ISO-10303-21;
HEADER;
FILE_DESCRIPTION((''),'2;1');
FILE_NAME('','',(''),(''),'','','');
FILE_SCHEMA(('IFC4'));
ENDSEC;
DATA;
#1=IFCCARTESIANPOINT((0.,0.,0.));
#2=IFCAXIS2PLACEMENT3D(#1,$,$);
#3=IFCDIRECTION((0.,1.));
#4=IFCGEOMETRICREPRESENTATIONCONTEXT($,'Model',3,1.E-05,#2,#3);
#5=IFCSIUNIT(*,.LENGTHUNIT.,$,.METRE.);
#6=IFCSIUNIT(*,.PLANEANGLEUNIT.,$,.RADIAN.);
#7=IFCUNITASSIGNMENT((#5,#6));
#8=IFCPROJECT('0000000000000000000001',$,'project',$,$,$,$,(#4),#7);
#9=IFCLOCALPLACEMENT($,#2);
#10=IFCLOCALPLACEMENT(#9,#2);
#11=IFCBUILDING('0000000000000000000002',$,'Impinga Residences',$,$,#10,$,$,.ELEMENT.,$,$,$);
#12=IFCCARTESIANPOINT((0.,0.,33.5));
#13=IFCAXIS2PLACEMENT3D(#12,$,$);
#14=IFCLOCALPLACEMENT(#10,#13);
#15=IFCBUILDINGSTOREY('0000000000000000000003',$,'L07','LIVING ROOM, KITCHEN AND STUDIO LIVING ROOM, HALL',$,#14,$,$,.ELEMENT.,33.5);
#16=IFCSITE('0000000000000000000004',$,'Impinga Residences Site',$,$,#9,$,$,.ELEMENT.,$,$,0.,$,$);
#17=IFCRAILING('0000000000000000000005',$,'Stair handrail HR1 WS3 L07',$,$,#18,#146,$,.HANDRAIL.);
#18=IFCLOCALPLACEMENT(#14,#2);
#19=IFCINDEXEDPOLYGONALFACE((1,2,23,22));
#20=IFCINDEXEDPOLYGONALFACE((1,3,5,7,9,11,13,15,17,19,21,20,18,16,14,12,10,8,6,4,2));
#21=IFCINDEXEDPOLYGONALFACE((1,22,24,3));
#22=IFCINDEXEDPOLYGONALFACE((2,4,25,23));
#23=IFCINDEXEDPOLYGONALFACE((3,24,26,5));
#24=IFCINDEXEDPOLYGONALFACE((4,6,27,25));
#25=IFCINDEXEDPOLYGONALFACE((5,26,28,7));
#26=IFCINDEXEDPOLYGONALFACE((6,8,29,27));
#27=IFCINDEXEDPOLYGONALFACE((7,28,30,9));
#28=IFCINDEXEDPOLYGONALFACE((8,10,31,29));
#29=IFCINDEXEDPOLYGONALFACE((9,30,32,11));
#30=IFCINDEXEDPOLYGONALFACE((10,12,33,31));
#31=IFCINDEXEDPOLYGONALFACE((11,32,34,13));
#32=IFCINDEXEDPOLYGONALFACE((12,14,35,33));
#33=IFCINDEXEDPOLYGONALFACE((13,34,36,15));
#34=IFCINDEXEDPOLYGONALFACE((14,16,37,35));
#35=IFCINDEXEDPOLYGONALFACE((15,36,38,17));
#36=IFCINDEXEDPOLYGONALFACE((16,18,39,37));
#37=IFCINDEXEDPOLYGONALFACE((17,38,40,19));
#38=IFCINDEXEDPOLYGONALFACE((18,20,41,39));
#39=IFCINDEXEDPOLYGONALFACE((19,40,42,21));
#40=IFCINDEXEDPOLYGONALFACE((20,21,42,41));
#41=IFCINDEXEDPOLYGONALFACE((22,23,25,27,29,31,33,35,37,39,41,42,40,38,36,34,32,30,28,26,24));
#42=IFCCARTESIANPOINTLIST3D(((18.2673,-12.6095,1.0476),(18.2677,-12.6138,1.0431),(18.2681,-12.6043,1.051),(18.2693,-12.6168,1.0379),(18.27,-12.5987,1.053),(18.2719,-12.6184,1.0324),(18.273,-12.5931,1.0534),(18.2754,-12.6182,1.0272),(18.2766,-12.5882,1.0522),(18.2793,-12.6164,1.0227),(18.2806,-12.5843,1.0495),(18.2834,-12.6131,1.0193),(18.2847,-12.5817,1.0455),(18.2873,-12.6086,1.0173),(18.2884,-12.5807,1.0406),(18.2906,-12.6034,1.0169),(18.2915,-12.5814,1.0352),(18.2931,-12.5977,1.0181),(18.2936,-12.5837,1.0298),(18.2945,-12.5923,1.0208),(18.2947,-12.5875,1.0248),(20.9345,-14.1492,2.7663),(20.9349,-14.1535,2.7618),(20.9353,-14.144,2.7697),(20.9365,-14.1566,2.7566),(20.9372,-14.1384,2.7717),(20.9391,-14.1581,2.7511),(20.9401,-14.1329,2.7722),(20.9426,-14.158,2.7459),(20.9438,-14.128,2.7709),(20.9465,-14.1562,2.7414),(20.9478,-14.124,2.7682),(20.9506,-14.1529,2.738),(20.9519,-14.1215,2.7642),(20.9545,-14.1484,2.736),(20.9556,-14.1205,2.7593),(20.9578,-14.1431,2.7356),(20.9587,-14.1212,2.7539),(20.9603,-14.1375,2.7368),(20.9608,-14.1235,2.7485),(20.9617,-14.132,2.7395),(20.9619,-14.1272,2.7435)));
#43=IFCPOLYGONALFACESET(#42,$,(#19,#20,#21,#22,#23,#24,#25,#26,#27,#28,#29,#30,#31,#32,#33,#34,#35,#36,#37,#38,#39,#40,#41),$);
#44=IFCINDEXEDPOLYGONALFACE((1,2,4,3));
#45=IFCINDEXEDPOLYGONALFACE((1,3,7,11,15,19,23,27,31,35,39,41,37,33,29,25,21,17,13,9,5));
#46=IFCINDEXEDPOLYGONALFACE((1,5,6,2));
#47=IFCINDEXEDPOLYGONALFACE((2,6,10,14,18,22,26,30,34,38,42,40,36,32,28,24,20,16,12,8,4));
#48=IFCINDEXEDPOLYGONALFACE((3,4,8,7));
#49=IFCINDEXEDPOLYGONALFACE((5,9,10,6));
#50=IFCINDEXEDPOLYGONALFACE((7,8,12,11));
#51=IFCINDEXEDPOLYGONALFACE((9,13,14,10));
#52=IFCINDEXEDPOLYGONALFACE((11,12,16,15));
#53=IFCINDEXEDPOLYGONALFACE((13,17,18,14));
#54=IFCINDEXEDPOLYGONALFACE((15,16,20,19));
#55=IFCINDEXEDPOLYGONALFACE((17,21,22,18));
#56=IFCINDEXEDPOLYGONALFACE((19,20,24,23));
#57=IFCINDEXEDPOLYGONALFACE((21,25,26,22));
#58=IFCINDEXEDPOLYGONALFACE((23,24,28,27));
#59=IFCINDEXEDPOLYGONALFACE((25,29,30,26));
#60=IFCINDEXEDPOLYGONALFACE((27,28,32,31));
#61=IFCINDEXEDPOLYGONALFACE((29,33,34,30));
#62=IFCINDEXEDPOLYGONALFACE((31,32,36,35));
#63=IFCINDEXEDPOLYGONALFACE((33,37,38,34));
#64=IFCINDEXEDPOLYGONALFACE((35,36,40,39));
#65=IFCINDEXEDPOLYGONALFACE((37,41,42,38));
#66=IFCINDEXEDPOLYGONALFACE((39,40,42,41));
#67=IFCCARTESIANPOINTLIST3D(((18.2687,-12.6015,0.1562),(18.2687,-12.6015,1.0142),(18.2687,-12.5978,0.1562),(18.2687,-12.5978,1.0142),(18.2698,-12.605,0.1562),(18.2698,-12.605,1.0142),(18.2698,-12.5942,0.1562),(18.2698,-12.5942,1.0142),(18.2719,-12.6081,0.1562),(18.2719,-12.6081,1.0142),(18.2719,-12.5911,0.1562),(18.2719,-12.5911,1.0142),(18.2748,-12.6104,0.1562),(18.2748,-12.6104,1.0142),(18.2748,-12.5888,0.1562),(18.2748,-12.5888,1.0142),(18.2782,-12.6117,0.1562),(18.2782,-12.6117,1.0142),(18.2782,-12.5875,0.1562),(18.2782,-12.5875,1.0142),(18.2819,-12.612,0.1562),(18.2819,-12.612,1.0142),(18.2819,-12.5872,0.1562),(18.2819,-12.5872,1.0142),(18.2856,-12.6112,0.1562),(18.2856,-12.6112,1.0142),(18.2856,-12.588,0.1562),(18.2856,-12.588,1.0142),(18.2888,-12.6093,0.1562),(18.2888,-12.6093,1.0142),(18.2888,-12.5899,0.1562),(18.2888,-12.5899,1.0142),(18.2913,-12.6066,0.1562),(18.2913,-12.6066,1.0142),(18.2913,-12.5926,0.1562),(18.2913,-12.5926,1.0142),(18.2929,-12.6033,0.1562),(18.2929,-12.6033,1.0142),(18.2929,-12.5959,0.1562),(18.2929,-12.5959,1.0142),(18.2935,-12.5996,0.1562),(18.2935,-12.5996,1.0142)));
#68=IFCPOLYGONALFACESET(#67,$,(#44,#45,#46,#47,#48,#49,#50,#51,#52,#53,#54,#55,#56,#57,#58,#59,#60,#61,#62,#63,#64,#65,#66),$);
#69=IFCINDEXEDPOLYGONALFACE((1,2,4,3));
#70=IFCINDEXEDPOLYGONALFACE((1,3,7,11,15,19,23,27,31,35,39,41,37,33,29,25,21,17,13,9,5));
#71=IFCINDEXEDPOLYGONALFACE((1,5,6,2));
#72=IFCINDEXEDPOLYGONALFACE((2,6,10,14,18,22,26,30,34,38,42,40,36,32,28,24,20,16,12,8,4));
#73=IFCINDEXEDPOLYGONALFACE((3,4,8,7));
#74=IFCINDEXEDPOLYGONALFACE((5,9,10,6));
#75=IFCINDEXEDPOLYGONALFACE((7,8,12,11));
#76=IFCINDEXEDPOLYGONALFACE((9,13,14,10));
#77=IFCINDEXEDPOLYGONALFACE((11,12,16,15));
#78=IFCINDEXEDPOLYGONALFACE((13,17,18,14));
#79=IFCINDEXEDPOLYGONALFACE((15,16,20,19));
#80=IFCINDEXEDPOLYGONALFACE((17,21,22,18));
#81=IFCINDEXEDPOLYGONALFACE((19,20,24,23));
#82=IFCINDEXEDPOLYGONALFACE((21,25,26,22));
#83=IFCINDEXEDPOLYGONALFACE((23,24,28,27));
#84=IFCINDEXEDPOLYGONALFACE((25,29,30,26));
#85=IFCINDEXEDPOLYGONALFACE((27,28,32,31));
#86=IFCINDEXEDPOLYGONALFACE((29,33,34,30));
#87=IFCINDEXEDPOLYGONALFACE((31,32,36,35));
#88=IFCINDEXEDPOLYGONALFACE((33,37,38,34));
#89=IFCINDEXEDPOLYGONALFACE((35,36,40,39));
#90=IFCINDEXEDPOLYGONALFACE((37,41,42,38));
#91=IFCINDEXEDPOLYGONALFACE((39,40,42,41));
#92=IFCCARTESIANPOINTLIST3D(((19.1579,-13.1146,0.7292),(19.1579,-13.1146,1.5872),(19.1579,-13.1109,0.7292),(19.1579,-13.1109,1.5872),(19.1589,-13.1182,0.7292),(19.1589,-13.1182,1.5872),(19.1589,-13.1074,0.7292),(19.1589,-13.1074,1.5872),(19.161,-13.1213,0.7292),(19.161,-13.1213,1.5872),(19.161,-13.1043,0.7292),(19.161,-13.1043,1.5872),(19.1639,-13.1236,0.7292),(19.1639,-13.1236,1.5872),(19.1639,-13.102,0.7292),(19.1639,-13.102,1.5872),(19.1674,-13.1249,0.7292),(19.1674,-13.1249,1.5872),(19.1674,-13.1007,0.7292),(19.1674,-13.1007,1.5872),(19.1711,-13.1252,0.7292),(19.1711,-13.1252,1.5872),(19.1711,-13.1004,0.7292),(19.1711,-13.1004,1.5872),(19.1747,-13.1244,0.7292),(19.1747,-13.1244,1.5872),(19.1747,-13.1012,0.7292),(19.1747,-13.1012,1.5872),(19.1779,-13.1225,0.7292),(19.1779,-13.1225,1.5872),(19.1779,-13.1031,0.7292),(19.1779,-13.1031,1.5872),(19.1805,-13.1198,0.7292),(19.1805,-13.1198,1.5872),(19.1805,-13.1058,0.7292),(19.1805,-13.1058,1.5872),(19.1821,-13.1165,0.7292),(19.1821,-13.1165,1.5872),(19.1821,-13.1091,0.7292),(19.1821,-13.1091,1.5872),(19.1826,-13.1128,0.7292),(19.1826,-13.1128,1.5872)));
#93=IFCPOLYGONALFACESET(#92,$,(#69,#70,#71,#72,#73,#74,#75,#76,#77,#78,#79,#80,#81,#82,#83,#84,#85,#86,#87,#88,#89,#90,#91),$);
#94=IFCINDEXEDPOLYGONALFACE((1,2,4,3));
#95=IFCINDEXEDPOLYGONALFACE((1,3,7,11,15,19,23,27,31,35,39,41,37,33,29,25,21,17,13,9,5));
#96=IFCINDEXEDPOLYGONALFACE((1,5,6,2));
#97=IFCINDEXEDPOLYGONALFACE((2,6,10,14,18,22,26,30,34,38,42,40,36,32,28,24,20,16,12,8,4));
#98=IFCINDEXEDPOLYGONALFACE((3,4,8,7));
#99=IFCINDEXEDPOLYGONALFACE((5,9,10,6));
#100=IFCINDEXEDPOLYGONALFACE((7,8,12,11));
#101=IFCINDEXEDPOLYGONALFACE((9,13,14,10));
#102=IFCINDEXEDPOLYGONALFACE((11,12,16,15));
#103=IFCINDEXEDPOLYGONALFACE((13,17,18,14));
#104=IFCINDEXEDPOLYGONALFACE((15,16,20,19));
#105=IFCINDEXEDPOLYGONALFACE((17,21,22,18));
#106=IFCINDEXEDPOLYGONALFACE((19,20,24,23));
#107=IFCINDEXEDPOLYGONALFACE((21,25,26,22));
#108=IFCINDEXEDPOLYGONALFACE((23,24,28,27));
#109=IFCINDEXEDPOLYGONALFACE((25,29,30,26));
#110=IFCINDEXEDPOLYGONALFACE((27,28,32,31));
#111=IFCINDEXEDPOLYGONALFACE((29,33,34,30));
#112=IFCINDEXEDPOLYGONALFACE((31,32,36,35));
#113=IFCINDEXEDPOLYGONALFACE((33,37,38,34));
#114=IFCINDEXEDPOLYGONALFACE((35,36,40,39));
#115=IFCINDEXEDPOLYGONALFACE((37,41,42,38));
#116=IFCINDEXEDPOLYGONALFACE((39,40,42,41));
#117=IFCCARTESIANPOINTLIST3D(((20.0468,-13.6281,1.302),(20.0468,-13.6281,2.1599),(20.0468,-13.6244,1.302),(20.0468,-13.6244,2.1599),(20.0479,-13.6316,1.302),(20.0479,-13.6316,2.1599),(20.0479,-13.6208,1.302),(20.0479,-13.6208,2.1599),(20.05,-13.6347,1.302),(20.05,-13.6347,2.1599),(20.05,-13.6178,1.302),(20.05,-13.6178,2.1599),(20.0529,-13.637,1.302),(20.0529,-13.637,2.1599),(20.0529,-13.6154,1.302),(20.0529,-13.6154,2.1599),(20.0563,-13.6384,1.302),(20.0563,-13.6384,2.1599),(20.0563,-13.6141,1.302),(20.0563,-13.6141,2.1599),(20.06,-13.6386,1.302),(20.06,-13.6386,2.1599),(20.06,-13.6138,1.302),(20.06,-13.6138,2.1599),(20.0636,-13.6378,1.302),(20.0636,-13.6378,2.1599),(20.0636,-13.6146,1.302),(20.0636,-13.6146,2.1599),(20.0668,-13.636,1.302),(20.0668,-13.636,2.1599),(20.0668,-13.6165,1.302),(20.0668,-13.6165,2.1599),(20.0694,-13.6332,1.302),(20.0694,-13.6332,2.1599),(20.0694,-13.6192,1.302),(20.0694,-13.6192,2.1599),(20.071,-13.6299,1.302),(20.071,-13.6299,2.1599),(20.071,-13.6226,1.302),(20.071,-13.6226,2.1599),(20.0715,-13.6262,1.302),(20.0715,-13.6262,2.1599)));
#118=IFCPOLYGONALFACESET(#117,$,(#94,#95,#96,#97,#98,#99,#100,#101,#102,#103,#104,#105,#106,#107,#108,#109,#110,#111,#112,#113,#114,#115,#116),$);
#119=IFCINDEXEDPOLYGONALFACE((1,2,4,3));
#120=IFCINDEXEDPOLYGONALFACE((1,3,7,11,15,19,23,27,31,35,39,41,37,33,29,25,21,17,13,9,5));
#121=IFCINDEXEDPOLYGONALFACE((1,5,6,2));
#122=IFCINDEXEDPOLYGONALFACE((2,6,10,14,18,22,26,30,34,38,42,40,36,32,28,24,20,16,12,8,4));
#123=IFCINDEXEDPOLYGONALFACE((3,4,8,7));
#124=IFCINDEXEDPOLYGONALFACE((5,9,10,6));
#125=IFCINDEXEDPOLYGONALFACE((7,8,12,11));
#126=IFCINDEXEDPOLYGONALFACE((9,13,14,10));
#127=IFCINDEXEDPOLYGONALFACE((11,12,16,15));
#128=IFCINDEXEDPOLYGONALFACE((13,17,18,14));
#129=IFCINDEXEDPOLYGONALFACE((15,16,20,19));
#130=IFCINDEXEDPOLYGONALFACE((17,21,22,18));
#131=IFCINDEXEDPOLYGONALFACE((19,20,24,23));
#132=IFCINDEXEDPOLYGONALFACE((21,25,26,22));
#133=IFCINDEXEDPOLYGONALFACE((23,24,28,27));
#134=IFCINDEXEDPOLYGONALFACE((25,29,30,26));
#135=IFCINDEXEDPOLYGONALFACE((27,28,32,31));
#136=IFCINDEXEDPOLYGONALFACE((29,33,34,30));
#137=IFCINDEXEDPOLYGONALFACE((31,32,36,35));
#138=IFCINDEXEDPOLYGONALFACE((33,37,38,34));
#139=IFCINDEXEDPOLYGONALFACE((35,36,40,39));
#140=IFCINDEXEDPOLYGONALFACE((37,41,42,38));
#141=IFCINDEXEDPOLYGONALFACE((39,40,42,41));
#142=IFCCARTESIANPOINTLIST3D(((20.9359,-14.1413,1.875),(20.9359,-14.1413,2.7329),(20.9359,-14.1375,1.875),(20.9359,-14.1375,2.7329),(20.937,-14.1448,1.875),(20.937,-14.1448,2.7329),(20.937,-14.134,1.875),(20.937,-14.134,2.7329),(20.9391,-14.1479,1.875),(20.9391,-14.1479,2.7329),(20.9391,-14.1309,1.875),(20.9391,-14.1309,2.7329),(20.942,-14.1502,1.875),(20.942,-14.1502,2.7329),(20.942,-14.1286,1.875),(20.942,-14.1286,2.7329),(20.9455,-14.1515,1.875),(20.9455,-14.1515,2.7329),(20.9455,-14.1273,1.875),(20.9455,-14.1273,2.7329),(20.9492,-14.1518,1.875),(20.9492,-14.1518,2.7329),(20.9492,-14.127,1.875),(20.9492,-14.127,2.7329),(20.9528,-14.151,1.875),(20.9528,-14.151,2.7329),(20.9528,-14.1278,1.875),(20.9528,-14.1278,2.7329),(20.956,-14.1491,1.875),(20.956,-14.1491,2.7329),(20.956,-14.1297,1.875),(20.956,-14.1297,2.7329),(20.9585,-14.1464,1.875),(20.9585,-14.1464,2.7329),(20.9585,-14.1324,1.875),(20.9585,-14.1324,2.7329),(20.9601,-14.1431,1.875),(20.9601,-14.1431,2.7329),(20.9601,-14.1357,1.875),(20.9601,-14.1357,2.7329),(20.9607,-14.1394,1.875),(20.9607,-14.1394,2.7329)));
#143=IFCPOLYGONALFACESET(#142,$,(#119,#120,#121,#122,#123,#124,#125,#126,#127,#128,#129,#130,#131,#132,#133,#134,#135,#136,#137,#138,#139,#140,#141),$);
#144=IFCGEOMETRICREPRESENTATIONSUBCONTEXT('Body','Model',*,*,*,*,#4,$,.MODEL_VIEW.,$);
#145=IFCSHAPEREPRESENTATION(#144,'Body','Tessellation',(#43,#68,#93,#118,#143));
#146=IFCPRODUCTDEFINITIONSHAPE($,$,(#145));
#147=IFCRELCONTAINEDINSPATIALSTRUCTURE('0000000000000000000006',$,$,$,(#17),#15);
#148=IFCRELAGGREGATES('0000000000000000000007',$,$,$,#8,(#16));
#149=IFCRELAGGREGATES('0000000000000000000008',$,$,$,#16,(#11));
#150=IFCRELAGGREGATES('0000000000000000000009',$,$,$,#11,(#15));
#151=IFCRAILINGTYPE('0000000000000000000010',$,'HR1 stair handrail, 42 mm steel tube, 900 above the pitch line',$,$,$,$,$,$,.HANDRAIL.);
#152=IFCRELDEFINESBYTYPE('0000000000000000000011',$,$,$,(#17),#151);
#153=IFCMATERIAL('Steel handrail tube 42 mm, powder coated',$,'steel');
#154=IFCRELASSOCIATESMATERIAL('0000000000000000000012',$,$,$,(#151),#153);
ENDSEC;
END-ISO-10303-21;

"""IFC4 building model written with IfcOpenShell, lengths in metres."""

from ifc_helpers import new_model, si_unit, direction, frame, origin, origin_2d, place, context, subcontext, project, spatial, circle, extrude, material, type_object, element, save


model = new_model("IFC4")

# Units and contexts
model_context = context("Model", 3, precision=1e-05, world=origin(), true_north=direction((0.0, 1.0)))
body_context = subcontext(model_context, "Body", "Model", "MODEL_VIEW")
ifc_project = project(units=[si_unit("LENGTHUNIT", "METRE"), si_unit("PLANEANGLEUNIT", "RADIAN")], contexts=[model_context])

# Site, building, storey
site_placement = place(None, origin())
site = spatial("IfcSite", under=ifc_project, at=site_placement, Name="Impinga Residences Site", CompositionType="ELEMENT", RefElevation=0.0)
building_placement = place(site_placement, origin())
building = spatial("IfcBuilding", under=site, at=building_placement, Name="Impinga Residences", CompositionType="ELEMENT")
storey_placement = place(building_placement, frame((0.0, 0.0, 33.5)))
storey = spatial("IfcBuildingStorey", under=building, at=storey_placement, Name="L07", Description="LIVING ROOM, KITCHEN AND STUDIO LIVING ROOM, HALL", CompositionType="ELEMENT", Elevation=33.5)

# Railing
ifc_material_1 = material(Name="Steel handrail tube 42 mm, powder coated", Category="steel")
railing_type_1 = type_object("IfcRailingType", Name="HR1 stair handrail, 42 mm steel tube, 900 above the pitch line", PredefinedType="HANDRAIL", material=ifc_material_1)
railing_1_placement = place(storey_placement, frame((18.281, -12.5996, 0.1562)))
element("IfcRailing", 1, at=railing_1_placement, inside=storey, type_object=railing_type_1, Name="Stair handrail HR1 WS3 L07", PredefinedType="HANDRAIL", context=body_context, shape_type="SweptSolid", body=[
    extrude(circle(Radius=0.021, at=origin_2d()), frame((0.0, 0.0, 0.8789), z_axis=(0.756249, -0.436582, 0.487322), x_axis=(0.499967, 0.866044, 0.0)), (0.0, 0.0, 1.0), 3.5269),
    extrude(circle(Radius=0.0125, at=origin_2d()), origin(), (0.0, 0.0, 1.0), 0.8579),
    extrude(circle(Radius=0.0125, at=origin_2d()), frame((0.8892, -0.5132, 0.573)), (0.0, 0.0, 1.0), 0.8579),
    extrude(circle(Radius=0.0125, at=origin_2d()), frame((1.7781, -1.0266, 1.1458)), (0.0, 0.0, 1.0), 0.8579),
    extrude(circle(Radius=0.0125, at=origin_2d()), frame((2.6672, -1.5398, 1.7188)), (0.0, 0.0, 1.0), 0.8579),
])

save(model, "model.ifc")
